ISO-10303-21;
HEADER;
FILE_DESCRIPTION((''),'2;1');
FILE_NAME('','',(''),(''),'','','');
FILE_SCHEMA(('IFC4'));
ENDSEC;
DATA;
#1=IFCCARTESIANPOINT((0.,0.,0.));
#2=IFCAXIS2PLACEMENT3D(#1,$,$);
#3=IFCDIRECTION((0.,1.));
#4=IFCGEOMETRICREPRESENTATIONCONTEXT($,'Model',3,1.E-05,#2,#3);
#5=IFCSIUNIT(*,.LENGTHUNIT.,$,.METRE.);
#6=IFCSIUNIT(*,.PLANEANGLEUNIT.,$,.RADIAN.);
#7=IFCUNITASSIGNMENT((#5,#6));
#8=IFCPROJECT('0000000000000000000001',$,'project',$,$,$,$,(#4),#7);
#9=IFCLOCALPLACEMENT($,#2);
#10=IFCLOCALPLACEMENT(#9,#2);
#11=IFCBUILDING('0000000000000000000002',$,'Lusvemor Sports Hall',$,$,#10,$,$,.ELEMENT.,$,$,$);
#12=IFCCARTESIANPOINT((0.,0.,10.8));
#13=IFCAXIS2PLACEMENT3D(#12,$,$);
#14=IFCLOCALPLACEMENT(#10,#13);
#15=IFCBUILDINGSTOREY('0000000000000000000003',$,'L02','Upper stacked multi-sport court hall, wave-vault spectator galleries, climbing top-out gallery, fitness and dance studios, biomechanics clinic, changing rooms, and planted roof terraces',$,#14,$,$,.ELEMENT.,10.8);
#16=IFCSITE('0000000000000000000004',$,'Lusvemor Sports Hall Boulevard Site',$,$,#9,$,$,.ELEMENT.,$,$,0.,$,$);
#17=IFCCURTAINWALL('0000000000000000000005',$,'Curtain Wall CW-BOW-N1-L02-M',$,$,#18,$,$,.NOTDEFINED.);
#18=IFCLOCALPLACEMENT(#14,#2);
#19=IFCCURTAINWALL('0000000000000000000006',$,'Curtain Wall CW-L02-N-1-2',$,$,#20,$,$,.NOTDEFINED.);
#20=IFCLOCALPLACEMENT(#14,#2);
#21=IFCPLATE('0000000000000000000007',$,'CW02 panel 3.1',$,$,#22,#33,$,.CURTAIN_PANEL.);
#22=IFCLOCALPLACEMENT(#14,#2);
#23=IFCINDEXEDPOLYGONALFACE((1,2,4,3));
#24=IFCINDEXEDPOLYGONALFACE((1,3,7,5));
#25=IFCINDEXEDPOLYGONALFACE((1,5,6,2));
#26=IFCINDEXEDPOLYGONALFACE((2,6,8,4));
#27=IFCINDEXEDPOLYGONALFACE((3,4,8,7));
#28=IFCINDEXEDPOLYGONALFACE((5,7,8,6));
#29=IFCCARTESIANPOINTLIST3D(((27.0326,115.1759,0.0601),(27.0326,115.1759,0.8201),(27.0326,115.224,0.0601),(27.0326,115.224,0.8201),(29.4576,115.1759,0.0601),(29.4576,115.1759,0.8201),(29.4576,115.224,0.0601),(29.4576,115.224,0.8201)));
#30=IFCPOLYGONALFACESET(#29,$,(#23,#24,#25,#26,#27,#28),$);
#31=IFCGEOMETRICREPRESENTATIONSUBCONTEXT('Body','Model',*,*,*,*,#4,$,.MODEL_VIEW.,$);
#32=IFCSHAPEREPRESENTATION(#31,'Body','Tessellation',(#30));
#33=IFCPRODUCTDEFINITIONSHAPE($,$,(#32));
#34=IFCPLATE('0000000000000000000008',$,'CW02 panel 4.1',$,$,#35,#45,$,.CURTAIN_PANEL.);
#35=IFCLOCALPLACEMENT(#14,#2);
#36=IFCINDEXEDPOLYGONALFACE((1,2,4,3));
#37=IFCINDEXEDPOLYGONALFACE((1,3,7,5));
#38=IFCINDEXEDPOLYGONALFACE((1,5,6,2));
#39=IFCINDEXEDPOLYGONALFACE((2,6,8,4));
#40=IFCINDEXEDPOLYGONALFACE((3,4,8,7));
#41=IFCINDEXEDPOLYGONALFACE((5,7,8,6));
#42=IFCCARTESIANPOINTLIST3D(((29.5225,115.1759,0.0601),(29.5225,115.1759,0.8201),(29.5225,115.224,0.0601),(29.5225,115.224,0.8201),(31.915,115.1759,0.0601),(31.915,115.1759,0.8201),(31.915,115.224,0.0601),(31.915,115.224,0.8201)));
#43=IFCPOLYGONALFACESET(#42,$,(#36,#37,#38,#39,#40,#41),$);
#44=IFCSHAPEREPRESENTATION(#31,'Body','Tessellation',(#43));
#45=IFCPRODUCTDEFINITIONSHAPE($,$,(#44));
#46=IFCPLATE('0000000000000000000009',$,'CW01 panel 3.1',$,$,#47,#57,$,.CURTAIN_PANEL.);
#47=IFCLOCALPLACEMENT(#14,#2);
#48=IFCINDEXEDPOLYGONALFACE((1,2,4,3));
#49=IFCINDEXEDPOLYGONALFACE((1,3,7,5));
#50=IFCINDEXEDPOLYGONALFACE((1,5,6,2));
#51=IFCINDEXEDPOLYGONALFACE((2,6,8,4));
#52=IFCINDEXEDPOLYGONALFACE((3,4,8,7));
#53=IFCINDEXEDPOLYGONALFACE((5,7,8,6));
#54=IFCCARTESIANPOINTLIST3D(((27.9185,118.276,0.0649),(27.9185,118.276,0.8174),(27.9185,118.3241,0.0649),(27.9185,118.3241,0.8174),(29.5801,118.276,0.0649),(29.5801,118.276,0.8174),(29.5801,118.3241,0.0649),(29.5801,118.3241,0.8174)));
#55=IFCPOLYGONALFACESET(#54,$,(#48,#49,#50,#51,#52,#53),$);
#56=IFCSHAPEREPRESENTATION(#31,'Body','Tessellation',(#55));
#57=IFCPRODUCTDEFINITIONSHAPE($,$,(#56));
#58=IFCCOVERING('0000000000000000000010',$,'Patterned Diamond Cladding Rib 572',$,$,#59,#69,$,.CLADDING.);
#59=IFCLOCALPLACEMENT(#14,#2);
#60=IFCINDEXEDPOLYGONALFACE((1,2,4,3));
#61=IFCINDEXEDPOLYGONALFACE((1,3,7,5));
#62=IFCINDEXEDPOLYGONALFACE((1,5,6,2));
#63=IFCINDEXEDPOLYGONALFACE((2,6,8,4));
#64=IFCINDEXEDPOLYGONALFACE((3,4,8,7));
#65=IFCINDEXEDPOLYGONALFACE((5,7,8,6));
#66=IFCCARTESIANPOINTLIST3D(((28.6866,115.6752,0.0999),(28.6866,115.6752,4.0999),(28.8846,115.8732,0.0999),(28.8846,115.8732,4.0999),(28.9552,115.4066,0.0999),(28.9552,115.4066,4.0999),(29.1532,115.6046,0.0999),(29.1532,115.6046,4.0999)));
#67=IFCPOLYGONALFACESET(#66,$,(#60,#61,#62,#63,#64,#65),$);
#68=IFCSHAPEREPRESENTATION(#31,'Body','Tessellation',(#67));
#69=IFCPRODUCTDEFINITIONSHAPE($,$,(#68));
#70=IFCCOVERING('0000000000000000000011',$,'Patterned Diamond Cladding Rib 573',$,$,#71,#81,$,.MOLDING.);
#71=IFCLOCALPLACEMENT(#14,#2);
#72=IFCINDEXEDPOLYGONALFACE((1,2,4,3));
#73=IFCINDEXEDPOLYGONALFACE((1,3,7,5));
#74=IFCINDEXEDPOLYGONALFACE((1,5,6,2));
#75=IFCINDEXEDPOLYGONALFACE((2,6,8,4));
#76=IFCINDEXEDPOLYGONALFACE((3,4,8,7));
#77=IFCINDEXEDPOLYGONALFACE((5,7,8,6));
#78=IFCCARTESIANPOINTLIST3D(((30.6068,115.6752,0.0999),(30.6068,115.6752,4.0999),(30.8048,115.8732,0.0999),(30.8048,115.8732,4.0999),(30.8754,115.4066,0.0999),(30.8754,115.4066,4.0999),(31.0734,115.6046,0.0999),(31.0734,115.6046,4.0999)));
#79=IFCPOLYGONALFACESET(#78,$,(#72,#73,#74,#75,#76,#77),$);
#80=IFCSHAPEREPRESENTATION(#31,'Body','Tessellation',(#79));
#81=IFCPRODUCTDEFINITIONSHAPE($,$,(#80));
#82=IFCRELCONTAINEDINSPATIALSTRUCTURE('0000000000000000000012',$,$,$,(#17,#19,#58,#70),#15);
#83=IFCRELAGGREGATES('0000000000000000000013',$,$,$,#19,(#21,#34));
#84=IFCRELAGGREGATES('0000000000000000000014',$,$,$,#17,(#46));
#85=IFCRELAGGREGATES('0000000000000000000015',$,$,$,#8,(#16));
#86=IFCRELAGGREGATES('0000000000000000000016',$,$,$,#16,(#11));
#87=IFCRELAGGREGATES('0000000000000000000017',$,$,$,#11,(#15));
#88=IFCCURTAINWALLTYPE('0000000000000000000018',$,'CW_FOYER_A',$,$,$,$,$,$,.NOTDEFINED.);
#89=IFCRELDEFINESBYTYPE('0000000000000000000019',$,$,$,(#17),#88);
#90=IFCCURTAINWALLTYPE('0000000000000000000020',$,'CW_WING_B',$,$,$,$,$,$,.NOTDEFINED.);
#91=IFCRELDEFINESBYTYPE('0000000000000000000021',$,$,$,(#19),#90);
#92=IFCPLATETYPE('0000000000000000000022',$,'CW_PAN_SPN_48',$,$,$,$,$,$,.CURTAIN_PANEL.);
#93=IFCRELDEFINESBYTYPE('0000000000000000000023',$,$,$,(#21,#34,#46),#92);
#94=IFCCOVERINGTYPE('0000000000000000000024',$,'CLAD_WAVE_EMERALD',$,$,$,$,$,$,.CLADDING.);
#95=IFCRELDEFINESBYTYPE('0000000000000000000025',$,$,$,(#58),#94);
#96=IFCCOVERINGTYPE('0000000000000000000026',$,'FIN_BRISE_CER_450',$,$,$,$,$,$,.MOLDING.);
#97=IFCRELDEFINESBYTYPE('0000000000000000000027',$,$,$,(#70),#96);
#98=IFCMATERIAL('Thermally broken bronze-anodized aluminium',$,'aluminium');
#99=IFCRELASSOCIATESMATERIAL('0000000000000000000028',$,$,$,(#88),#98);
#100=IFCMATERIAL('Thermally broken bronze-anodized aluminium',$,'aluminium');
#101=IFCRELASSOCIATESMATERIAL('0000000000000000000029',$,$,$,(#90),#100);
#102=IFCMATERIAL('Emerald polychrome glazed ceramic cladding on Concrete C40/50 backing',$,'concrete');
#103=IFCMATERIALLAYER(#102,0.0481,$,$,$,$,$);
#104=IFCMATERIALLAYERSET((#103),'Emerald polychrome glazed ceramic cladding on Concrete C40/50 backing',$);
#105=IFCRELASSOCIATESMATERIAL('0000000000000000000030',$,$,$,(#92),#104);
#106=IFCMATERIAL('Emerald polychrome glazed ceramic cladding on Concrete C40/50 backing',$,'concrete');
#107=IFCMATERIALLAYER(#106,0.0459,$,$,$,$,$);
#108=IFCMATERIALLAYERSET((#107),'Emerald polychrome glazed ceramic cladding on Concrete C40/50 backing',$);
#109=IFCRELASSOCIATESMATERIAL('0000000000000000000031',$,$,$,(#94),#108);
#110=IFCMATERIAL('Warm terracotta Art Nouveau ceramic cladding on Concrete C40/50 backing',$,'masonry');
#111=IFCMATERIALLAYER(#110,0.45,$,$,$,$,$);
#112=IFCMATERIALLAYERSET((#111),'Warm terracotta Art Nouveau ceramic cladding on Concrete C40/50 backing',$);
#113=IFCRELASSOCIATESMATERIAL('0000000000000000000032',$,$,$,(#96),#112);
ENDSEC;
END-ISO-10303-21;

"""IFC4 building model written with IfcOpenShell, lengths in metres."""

from ifc_helpers import new_model, si_unit, direction, frame, origin, origin_2d, place, context, subcontext, project, spatial, rectangle, extrude, material, layer, layer_set, type_object, element, aggregate, save


model = new_model("IFC4")

# Units and contexts
model_context = context("Model", 3, precision=1e-05, world=origin(), true_north=direction((0.0, 1.0)))
body_context = subcontext(model_context, "Body", "Model", "MODEL_VIEW")
ifc_project = project(units=[si_unit("LENGTHUNIT", "METRE"), si_unit("PLANEANGLEUNIT", "RADIAN")], contexts=[model_context])

# Site, building, storey
site_placement = place(None, origin())
site = spatial("IfcSite", under=ifc_project, at=site_placement, Name="Lusvemor Sports Hall Boulevard Site", CompositionType="ELEMENT", RefElevation=0.0)
building_placement = place(site_placement, origin())
building = spatial("IfcBuilding", under=site, at=building_placement, Name="Lusvemor Sports Hall", CompositionType="ELEMENT")
storey_placement = place(building_placement, frame((0.0, 0.0, 10.8)))
storey = spatial("IfcBuildingStorey", under=building, at=storey_placement, Name="L02", Description="Upper stacked multi-sport court hall, wave-vault spectator galleries, climbing top-out gallery, fitness and dance studios, biomechanics clinic, changing rooms, and planted roof terraces", CompositionType="ELEMENT", Elevation=10.8)

# Curtain walls
ifc_material_1 = material(Name="Thermally broken bronze-anodized aluminium", Category="aluminium")
curtain_wall_type_1 = type_object("IfcCurtainWallType", Name="CW_FOYER_A", PredefinedType="NOTDEFINED", material=ifc_material_1)
curtain_wall_1_placement = place(storey_placement, origin())
curtain_wall_1 = element("IfcCurtainWall", 1, at=curtain_wall_1_placement, inside=storey, type_object=curtain_wall_type_1, Name="Curtain Wall CW-BOW-N1-L02-M", PredefinedType="NOTDEFINED")
ifc_material_2 = material(Name="Thermally broken bronze-anodized aluminium", Category="aluminium")
curtain_wall_type_2 = type_object("IfcCurtainWallType", Name="CW_WING_B", PredefinedType="NOTDEFINED", material=ifc_material_2)
curtain_wall_2_placement = place(storey_placement, origin())
curtain_wall_2 = element("IfcCurtainWall", 2, at=curtain_wall_2_placement, inside=storey, type_object=curtain_wall_type_2, Name="Curtain Wall CW-L02-N-1-2", PredefinedType="NOTDEFINED")

# Plates
ifc_material_3 = material(Name="Emerald polychrome glazed ceramic cladding on Concrete C40/50 backing", Category="concrete")
ifc_layer_1 = layer(ifc_material_3, 0.0481)
ifc_layer_set_1 = layer_set([ifc_layer_1], Name="Emerald polychrome glazed ceramic cladding on Concrete C40/50 backing")
plate_type_1 = type_object("IfcPlateType", Name="CW_PAN_SPN_48", PredefinedType="CURTAIN_PANEL", material=ifc_layer_set_1)
plate_1_placement = place(storey_placement, frame((28.2451, 115.2, 0.0601), z_axis=(0.0, 0.0, 1.0), x_axis=(1.0, 0.0, 0.0)))
plate_1 = element("IfcPlate", 3, at=plate_1_placement, type_object=plate_type_1, Name="CW02 panel 3.1", PredefinedType="CURTAIN_PANEL", context=body_context, shape_type="SweptSolid", body=[
    extrude(rectangle(XDim=2.425, YDim=0.0481, at=origin_2d()), origin(), (0.0, 0.0, 1.0), 0.76),
])
plate_2_placement = place(storey_placement, frame((30.7188, 115.2, 0.0601), z_axis=(0.0, 0.0, 1.0), x_axis=(1.0, 0.0, 0.0)))
plate_2 = element("IfcPlate", 4, at=plate_2_placement, type_object=plate_type_1, Name="CW02 panel 4.1", PredefinedType="CURTAIN_PANEL", context=body_context, shape_type="SweptSolid", body=[
    extrude(rectangle(XDim=2.3926, YDim=0.0481, at=origin_2d()), origin(), (0.0, 0.0, 1.0), 0.76),
])
aggregate(curtain_wall_2, [plate_1, plate_2])
plate_3_placement = place(storey_placement, frame((28.7493, 118.3, 0.0649), z_axis=(0.0, 0.0, 1.0), x_axis=(1.0, 0.0, 0.0)))
plate_3 = element("IfcPlate", 5, at=plate_3_placement, type_object=plate_type_1, Name="CW01 panel 3.1", PredefinedType="CURTAIN_PANEL", context=body_context, shape_type="SweptSolid", body=[
    extrude(rectangle(XDim=1.6616, YDim=0.0481, at=origin_2d()), origin(), (0.0, 0.0, 1.0), 0.7524),
])
aggregate(curtain_wall_1, [plate_3])

# Coverings
ifc_material_4 = material(Name="Emerald polychrome glazed ceramic cladding on Concrete C40/50 backing", Category="concrete")
ifc_layer_2 = layer(ifc_material_4, 0.0459)
ifc_layer_set_2 = layer_set([ifc_layer_2], Name="Emerald polychrome glazed ceramic cladding on Concrete C40/50 backing")
covering_type_1 = type_object("IfcCoveringType", Name="CLAD_WAVE_EMERALD", PredefinedType="CLADDING", material=ifc_layer_set_2)
covering_1_placement = place(storey_placement, frame((28.9199, 115.6399, 0.0999), z_axis=(0.0, 0.0, 1.0), x_axis=(0.707107, 0.707107, 0.0)))
element("IfcCovering", 6, at=covering_1_placement, inside=storey, type_object=covering_type_1, Name="Patterned Diamond Cladding Rib 572", PredefinedType="CLADDING", context=body_context, shape_type="SweptSolid", body=[
    extrude(rectangle(XDim=0.28, YDim=0.3799, at=origin_2d()), origin(), (0.0, 0.0, 1.0), 4.0),
])
ifc_material_5 = material(Name="Warm terracotta Art Nouveau ceramic cladding on Concrete C40/50 backing", Category="masonry")
ifc_layer_3 = layer(ifc_material_5, 0.45)
ifc_layer_set_3 = layer_set([ifc_layer_3], Name="Warm terracotta Art Nouveau ceramic cladding on Concrete C40/50 backing")
covering_type_2 = type_object("IfcCoveringType", Name="FIN_BRISE_CER_450", PredefinedType="MOLDING", material=ifc_layer_set_3)
covering_2_placement = place(storey_placement, frame((30.8401, 115.6399, 0.0999), z_axis=(0.0, 0.0, 1.0), x_axis=(0.707107, 0.707107, 0.0)))
element("IfcCovering", 7, at=covering_2_placement, inside=storey, type_object=covering_type_2, Name="Patterned Diamond Cladding Rib 573", PredefinedType="MOLDING", context=body_context, shape_type="SweptSolid", body=[
    extrude(rectangle(XDim=0.28, YDim=0.3799, at=origin_2d()), origin(), (0.0, 0.0, 1.0), 4.0),
])

save(model, "model.ifc")
